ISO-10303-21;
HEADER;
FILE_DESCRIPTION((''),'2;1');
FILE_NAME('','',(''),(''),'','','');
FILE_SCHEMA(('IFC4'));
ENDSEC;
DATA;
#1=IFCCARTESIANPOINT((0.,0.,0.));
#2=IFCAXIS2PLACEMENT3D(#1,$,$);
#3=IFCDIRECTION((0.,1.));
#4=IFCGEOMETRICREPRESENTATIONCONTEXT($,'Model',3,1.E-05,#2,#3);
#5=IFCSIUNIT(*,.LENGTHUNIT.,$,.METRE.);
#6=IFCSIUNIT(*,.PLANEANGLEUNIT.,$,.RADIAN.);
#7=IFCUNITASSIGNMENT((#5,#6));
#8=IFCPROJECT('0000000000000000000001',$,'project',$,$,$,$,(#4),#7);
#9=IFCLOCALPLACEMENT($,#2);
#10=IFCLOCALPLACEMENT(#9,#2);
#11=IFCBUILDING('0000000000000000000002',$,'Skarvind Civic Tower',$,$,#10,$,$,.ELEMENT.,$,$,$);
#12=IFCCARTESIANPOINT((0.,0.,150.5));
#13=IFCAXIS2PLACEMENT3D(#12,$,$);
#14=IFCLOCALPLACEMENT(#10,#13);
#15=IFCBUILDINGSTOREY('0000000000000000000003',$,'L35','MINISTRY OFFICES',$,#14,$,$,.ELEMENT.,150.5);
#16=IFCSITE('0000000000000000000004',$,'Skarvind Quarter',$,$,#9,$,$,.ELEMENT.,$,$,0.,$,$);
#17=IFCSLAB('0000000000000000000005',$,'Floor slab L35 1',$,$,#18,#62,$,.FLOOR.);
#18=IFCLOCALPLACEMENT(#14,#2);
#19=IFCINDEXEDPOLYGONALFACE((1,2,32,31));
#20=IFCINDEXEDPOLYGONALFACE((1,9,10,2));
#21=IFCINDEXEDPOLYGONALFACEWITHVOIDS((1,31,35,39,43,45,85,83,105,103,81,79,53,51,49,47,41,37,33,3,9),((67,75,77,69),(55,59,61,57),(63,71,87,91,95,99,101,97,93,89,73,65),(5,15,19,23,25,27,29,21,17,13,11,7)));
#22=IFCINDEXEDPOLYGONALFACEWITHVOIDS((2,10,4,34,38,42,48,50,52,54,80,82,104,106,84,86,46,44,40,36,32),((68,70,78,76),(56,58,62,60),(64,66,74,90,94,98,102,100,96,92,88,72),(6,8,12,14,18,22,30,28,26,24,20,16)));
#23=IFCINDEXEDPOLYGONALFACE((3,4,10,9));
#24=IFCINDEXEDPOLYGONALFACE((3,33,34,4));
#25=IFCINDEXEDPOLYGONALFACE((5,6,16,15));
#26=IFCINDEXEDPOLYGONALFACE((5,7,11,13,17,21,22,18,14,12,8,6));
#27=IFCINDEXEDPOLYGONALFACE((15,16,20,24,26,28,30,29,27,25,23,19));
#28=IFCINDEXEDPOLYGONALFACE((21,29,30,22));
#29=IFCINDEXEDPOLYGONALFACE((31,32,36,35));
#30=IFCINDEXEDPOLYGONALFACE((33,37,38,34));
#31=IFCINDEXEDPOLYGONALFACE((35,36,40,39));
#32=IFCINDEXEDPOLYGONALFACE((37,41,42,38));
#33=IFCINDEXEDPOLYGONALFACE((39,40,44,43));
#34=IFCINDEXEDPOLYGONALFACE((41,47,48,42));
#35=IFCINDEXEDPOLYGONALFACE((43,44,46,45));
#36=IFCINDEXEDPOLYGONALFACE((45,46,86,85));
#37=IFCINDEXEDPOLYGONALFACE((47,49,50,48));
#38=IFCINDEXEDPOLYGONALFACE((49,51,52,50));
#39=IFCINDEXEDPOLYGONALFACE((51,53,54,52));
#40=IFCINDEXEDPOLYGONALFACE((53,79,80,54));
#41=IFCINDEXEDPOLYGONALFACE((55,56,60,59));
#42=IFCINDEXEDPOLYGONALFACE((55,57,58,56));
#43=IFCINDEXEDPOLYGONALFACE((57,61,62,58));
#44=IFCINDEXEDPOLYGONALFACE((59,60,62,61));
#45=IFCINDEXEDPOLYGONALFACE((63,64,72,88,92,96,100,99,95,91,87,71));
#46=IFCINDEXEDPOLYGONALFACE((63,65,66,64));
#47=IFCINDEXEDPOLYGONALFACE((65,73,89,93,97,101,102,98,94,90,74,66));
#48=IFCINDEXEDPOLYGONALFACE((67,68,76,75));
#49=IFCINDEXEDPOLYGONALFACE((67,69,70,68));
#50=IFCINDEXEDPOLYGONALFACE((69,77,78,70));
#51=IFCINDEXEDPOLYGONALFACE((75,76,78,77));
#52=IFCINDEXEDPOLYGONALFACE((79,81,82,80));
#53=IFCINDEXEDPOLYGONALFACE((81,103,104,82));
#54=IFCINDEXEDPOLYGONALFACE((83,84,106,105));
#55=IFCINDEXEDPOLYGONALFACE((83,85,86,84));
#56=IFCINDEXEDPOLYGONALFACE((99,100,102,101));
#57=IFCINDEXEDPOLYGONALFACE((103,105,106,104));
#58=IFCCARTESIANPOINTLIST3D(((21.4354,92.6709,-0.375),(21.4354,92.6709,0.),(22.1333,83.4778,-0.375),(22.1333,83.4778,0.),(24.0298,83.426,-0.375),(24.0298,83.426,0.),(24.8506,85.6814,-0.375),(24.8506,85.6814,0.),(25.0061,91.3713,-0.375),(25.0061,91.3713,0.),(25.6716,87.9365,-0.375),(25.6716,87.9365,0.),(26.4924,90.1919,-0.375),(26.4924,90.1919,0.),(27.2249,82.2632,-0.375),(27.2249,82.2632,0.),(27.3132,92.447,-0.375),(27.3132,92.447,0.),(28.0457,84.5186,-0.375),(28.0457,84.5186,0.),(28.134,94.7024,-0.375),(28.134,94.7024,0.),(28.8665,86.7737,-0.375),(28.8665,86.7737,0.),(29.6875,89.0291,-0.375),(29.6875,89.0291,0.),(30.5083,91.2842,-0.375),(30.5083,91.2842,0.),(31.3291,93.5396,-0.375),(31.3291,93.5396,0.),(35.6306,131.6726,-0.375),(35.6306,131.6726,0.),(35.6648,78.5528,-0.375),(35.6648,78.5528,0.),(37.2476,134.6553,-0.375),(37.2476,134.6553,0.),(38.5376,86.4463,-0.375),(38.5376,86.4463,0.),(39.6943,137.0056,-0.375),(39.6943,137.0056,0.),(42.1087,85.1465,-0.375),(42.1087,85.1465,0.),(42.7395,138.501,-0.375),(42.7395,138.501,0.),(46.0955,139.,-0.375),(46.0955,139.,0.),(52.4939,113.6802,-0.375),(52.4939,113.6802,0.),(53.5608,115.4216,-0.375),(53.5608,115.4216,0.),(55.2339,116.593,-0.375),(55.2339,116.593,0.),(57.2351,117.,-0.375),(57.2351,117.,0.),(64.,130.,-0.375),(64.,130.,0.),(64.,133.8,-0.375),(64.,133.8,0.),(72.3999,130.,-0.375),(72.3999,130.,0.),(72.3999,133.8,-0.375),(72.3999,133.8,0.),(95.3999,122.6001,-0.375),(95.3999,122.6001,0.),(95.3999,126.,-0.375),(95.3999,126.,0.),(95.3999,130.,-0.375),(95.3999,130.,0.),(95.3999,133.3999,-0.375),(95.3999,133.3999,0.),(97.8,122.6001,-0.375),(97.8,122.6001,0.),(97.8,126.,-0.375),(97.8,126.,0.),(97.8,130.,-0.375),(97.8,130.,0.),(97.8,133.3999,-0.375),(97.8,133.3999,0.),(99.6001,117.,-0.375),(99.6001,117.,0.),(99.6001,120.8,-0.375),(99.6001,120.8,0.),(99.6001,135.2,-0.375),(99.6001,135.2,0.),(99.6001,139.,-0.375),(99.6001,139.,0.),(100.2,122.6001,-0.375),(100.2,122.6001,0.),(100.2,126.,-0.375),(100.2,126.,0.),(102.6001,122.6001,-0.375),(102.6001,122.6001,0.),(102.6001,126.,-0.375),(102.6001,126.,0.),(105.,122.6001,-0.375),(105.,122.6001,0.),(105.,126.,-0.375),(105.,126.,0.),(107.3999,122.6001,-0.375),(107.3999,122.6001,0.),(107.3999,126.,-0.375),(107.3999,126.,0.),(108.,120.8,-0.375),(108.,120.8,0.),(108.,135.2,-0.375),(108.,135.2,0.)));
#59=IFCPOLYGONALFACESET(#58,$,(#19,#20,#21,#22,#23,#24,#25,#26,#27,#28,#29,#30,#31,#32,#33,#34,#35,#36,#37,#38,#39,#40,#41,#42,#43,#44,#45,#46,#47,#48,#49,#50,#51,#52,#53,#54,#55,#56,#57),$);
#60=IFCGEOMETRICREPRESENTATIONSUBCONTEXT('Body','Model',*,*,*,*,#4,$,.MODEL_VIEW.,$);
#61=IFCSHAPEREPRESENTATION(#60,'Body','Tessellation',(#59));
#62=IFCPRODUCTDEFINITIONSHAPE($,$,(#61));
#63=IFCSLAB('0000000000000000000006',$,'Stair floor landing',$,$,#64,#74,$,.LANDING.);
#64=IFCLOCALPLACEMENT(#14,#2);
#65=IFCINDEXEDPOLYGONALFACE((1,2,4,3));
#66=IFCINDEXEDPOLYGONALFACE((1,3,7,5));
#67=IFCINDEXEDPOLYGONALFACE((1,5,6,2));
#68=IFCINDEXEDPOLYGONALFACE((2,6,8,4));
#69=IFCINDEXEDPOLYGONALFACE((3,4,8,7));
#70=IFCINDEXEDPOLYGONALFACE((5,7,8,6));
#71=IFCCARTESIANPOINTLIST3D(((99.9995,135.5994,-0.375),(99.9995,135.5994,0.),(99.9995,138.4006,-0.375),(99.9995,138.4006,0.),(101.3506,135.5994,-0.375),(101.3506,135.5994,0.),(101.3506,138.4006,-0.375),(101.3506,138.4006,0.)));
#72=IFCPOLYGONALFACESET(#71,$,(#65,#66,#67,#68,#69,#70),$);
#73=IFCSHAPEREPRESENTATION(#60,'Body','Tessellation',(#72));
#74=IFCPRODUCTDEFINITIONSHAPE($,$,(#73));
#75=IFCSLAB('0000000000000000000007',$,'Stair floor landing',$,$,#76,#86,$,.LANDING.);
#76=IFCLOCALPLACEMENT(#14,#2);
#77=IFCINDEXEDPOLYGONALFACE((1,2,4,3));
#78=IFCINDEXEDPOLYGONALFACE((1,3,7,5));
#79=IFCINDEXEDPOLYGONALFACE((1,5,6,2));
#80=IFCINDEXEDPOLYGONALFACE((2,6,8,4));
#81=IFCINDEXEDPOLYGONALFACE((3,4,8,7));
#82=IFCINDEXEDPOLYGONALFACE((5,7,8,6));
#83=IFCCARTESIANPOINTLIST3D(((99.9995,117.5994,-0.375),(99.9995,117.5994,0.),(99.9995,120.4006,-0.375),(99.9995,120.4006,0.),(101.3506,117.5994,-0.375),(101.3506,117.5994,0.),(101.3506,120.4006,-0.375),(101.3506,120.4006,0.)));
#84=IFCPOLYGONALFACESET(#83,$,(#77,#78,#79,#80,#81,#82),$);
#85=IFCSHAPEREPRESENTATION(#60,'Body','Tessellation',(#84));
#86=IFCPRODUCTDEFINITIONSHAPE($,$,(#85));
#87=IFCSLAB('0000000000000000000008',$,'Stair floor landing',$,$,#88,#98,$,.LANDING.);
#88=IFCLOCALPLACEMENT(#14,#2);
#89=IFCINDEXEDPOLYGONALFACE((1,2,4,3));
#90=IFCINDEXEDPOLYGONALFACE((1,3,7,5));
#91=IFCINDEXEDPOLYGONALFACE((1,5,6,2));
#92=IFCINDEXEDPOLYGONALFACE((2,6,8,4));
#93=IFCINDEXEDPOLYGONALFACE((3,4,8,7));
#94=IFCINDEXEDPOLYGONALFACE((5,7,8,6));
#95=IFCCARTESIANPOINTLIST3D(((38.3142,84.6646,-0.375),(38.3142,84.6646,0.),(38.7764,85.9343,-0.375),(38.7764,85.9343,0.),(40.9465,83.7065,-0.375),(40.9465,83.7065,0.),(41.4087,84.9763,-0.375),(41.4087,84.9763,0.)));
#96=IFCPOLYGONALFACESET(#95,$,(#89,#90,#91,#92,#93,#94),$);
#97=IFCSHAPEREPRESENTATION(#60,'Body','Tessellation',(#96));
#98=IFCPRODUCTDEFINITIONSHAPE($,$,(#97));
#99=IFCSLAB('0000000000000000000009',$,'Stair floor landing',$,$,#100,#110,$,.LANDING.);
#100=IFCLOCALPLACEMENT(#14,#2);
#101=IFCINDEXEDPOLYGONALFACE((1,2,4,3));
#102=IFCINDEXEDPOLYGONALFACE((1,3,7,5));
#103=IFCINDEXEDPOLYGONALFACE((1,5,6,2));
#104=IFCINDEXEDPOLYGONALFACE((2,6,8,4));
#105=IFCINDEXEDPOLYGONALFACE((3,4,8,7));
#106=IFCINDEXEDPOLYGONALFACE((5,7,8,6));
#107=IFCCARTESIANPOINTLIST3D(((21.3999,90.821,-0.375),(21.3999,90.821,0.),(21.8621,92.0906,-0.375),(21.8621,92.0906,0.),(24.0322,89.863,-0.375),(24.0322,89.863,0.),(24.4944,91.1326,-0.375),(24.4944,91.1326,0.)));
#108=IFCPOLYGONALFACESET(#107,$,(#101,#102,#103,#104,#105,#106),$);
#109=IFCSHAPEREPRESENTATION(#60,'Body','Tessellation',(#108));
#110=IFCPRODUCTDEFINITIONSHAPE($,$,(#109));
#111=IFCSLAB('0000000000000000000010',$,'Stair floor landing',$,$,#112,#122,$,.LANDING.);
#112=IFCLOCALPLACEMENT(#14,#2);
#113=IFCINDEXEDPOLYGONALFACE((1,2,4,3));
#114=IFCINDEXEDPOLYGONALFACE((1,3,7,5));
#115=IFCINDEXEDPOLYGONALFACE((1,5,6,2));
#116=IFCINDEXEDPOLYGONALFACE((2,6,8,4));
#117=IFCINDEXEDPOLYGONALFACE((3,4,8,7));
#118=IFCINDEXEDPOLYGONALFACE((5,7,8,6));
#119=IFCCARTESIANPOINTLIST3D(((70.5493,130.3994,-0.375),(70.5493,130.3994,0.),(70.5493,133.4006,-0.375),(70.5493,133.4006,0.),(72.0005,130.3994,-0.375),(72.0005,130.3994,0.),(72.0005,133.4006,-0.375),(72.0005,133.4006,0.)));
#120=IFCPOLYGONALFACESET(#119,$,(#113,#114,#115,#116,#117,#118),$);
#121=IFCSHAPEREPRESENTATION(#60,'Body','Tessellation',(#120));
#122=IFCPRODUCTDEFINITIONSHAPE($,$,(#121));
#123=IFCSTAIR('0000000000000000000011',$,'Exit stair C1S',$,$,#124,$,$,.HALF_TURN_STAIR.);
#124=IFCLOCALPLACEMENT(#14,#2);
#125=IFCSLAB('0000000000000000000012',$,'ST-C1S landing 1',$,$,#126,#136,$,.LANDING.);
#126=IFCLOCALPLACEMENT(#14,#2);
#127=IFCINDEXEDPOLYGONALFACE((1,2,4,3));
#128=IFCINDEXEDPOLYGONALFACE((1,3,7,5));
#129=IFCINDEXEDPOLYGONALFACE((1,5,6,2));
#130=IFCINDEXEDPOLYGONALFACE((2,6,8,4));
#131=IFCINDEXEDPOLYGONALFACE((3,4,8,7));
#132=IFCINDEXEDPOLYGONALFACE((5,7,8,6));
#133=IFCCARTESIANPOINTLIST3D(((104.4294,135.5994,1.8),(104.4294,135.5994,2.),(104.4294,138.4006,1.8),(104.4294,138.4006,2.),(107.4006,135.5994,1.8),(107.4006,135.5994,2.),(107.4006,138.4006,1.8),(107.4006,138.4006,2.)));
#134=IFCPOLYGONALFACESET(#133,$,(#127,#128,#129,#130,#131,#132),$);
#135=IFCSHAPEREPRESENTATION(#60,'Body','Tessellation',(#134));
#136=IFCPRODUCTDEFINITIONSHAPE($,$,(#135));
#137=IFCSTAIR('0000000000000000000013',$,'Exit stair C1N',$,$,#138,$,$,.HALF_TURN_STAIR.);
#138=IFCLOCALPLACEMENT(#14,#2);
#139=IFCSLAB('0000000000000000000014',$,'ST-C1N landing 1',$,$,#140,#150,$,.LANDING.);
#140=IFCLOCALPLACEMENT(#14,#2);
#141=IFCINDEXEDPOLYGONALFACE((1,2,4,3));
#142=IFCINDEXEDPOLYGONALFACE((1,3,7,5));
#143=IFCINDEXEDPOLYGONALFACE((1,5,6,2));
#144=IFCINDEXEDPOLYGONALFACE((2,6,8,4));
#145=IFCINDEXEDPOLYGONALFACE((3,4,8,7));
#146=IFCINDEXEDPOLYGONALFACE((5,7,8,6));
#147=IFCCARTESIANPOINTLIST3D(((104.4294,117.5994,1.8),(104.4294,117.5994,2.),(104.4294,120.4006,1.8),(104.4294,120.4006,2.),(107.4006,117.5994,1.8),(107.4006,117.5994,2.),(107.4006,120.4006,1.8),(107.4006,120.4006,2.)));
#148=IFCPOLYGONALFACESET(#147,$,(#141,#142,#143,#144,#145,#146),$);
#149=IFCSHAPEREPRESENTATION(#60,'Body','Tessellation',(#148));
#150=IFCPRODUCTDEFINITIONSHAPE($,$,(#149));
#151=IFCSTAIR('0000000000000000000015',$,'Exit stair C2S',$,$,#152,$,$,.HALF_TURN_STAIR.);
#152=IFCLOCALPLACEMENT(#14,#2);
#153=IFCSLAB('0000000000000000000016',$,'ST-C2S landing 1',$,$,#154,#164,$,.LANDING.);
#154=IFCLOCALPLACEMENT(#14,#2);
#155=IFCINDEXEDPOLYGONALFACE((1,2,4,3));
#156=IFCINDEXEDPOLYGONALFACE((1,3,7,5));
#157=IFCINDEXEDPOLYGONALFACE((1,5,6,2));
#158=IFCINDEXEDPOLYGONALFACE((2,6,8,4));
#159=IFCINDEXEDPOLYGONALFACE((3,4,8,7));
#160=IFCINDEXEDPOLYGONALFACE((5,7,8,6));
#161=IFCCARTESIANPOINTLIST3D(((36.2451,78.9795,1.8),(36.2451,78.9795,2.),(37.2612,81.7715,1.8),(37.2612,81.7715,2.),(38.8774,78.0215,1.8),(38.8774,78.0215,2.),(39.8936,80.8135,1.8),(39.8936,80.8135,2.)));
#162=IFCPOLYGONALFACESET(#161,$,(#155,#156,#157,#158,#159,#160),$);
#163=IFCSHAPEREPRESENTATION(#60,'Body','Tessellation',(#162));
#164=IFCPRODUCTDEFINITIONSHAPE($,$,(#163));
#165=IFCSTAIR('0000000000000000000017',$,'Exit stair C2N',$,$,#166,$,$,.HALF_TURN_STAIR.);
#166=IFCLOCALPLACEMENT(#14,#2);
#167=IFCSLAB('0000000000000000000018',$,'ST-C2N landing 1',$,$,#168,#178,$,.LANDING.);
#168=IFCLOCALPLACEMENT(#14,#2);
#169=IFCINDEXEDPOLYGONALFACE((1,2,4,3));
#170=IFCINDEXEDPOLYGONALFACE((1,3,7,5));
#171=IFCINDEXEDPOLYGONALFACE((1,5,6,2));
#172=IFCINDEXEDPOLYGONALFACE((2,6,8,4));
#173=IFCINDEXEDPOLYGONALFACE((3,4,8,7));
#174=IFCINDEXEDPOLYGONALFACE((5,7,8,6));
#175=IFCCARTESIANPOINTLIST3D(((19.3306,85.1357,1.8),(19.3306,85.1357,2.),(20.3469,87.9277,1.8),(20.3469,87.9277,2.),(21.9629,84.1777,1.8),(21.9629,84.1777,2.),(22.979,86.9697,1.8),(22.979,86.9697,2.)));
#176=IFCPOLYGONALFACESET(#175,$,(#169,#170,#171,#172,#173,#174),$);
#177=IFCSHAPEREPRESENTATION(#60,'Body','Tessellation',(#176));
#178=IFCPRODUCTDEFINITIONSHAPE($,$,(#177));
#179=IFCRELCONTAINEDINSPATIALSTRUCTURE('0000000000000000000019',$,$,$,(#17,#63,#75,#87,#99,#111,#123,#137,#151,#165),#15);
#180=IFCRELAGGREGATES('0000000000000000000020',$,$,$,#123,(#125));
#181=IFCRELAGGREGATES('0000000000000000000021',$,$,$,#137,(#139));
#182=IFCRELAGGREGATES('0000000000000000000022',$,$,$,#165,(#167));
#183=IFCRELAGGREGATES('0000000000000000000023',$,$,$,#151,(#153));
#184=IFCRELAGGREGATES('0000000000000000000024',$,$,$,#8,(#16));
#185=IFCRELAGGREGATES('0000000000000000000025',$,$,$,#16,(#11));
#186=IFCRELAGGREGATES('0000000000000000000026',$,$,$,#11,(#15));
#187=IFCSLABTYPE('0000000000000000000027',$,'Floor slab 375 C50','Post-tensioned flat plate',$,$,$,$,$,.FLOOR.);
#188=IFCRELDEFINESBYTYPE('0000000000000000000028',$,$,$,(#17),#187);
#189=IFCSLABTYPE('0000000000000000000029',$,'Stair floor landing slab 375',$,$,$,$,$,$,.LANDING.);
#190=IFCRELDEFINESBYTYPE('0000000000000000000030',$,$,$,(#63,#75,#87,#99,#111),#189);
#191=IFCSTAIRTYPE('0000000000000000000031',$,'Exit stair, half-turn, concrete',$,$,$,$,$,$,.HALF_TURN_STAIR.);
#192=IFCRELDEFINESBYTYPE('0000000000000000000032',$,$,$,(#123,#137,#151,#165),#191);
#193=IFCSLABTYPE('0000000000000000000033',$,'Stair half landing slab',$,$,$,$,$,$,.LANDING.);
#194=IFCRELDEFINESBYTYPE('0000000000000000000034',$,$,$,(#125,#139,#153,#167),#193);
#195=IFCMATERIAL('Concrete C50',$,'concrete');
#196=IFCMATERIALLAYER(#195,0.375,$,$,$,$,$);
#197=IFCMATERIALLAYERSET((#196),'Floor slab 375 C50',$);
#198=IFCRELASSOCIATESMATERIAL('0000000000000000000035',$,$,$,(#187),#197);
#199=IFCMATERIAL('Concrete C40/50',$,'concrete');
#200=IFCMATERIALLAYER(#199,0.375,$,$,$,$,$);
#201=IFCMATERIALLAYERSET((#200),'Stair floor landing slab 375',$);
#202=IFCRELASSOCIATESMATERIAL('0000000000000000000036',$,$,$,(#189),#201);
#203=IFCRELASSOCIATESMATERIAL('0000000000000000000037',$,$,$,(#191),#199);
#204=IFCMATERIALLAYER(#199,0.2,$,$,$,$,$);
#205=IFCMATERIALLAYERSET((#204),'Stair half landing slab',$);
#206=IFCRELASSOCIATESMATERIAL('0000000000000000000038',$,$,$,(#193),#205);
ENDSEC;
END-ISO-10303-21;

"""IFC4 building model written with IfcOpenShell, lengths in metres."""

from ifc_helpers import new_model, si_unit, direction, frame, origin, place, context, subcontext, project, spatial, polyline, outline, extrude, material, layer, layer_set, type_object, element, aggregate, save


model = new_model("IFC4")

# Units and contexts
model_context = context("Model", 3, precision=1e-05, world=origin(), true_north=direction((0.0, 1.0)))
body_context = subcontext(model_context, "Body", "Model", "MODEL_VIEW")
ifc_project = project(units=[si_unit("LENGTHUNIT", "METRE"), si_unit("PLANEANGLEUNIT", "RADIAN")], contexts=[model_context])

# Site, building, storey
site_placement = place(None, origin())
site = spatial("IfcSite", under=ifc_project, at=site_placement, Name="Skarvind Quarter", CompositionType="ELEMENT", RefElevation=0.0)
building_placement = place(site_placement, origin())
building = spatial("IfcBuilding", under=site, at=building_placement, Name="Skarvind Civic Tower", CompositionType="ELEMENT")
storey_placement = place(building_placement, frame((0.0, 0.0, 150.5)))
storey = spatial("IfcBuildingStorey", under=building, at=storey_placement, Name="L35", Description="MINISTRY OFFICES", CompositionType="ELEMENT", Elevation=150.5)

# Slabs
ifc_material_1 = material(Name="Concrete C50", Category="concrete")
ifc_layer_1 = layer(ifc_material_1, 0.375)
ifc_layer_set_1 = layer_set([ifc_layer_1], Name="Floor slab 375 C50")
slab_type_1 = type_object("IfcSlabType", Name="Floor slab 375 C50", Description="Post-tensioned flat plate", PredefinedType="FLOOR", material=ifc_layer_set_1)
slab_1_placement = place(storey_placement, frame((0.0, 0.0, -0.375)))
element("IfcSlab", 1, at=slab_1_placement, inside=storey, type_object=slab_type_1, Name="Floor slab L35 1", PredefinedType="FLOOR", context=body_context, shape_type="SweptSolid", body=[
    extrude(outline(polyline([(99.6001, 117.0), (99.6001, 120.8), (108.0, 120.8), (108.0, 135.2), (99.6001, 135.2), (99.6001, 139.0), (46.0955, 139.0), (42.7395, 138.501), (39.6943, 137.0056), (37.2476, 134.6553), (35.6306, 131.6726), (19.4175, 87.1267), (21.4353, 92.6709), (25.0061, 91.3713), (22.1333, 83.4778), (36.8865, 78.1082), (35.6648, 78.5527), (38.5376, 86.4463), (42.1086, 85.1465), (40.0908, 79.6023), (40.0908, 79.6023), (52.4939, 113.6802), (53.5608, 115.4216), (55.2339, 116.593), (57.2351, 117.0), (99.6001, 117.0)]), holes=[polyline([(25.6716, 87.9365), (26.4924, 90.1919), (27.3132, 92.447), (28.134, 94.7024), (31.3291, 93.5396), (30.5083, 91.2842), (29.6875, 89.0291), (28.8665, 86.7737), (28.8665, 86.7737), (28.0457, 84.5186), (27.2249, 82.2632), (24.0298, 83.426), (24.8506, 85.6814), (25.6716, 87.9365), (25.6716, 87.9365)]), polyline([(64.0, 130.0), (64.0, 133.8), (72.3999, 133.8), (72.3999, 130.0), (64.0, 130.0)]), polyline([(97.8, 126.0), (100.2, 126.0), (102.6001, 126.0), (105.0, 126.0), (107.3999, 126.0), (107.3999, 122.6001), (105.0, 122.6001), (102.6001, 122.6001), (100.2, 122.6001), (97.8, 122.6001), (95.3999, 122.6001), (95.3999, 126.0), (97.8, 126.0)]), polyline([(97.8, 133.3999), (97.8, 130.0), (95.3999, 130.0), (95.3999, 133.3999), (97.8, 133.3999)])]), origin(), (0.0, 0.0, 1.0), 0.375),
])
ifc_material_2 = material(Name="Concrete C40/50", Category="concrete")
ifc_layer_2 = layer(ifc_material_2, 0.375)
ifc_layer_set_2 = layer_set([ifc_layer_2], Name="Stair floor landing slab 375")
slab_type_2 = type_object("IfcSlabType", Name="Stair floor landing slab 375", PredefinedType="LANDING", material=ifc_layer_set_2)
slab_2_placement = place(storey_placement, frame((0.0, 0.0, -0.375)))
element("IfcSlab", 2, at=slab_2_placement, inside=storey, type_object=slab_type_2, Name="Stair floor landing", PredefinedType="LANDING", context=body_context, shape_type="SweptSolid", body=[
    extrude(outline(polyline([(101.3506, 138.4006), (101.3506, 135.5994), (99.9995, 135.5994), (99.9995, 138.4006), (101.3506, 138.4006)])), origin(), (0.0, 0.0, 1.0), 0.375),
])
slab_3_placement = place(storey_placement, frame((0.0, 0.0, -0.375)))
element("IfcSlab", 3, at=slab_3_placement, inside=storey, type_object=slab_type_2, Name="Stair floor landing", PredefinedType="LANDING", context=body_context, shape_type="SweptSolid", body=[
    extrude(outline(polyline([(101.3506, 120.4006), (101.3506, 117.5994), (99.9995, 117.5994), (99.9995, 120.4006), (101.3506, 120.4006)])), origin(), (0.0, 0.0, 1.0), 0.375),
])
slab_4_placement = place(storey_placement, frame((0.0, 0.0, -0.375)))
element("IfcSlab", 4, at=slab_4_placement, inside=storey, type_object=slab_type_2, Name="Stair floor landing", PredefinedType="LANDING", context=body_context, shape_type="SweptSolid", body=[
    extrude(outline(polyline([(40.9465, 83.7065), (38.3142, 84.6646), (38.7764, 85.9343), (41.4087, 84.9763), (40.9465, 83.7065)])), origin(), (0.0, 0.0, 1.0), 0.375),
])
slab_5_placement = place(storey_placement, frame((0.0, 0.0, -0.375)))
element("IfcSlab", 5, at=slab_5_placement, inside=storey, type_object=slab_type_2, Name="Stair floor landing", PredefinedType="LANDING", context=body_context, shape_type="SweptSolid", body=[
    extrude(outline(polyline([(24.0322, 89.863), (21.3999, 90.821), (21.8621, 92.0906), (24.4944, 91.1326), (24.0322, 89.863)])), origin(), (0.0, 0.0, 1.0), 0.375),
])
slab_6_placement = place(storey_placement, frame((0.0, 0.0, -0.375)))
element("IfcSlab", 6, at=slab_6_placement, inside=storey, type_object=slab_type_2, Name="Stair floor landing", PredefinedType="LANDING", context=body_context, shape_type="SweptSolid", body=[
    extrude(outline(polyline([(70.5493, 130.3994), (70.5493, 133.4006), (72.0005, 133.4006), (72.0005, 130.3994), (70.5493, 130.3994)])), origin(), (0.0, 0.0, 1.0), 0.375),
])

# Stairs, slabs
stair_type_1 = type_object("IfcStairType", Name="Exit stair, half-turn, concrete", PredefinedType="HALF_TURN_STAIR", material=ifc_material_2)
stair_1_placement = place(storey_placement, origin())
stair_1 = element("IfcStair", 7, at=stair_1_placement, inside=storey, type_object=stair_type_1, Name="Exit stair C1S", PredefinedType="HALF_TURN_STAIR")
ifc_layer_3 = layer(ifc_material_2, 0.2)
ifc_layer_set_3 = layer_set([ifc_layer_3], Name="Stair half landing slab")
slab_type_3 = type_object("IfcSlabType", Name="Stair half landing slab", PredefinedType="LANDING", material=ifc_layer_set_3)
slab_7_placement = place(storey_placement, frame((0.0, 0.0, 1.8)))
slab_7 = element("IfcSlab", 8, at=slab_7_placement, type_object=slab_type_3, Name="ST-C1S landing 1", PredefinedType="LANDING", context=body_context, shape_type="SweptSolid", body=[
    extrude(outline(polyline([(104.4294, 135.5994), (104.4294, 138.4006), (107.4006, 138.4006), (107.4006, 135.5994), (104.4294, 135.5994)])), origin(), (0.0, 0.0, 1.0), 0.2),
])
aggregate(stair_1, [slab_7])
stair_2_placement = place(storey_placement, origin())
stair_2 = element("IfcStair", 9, at=stair_2_placement, inside=storey, type_object=stair_type_1, Name="Exit stair C1N", PredefinedType="HALF_TURN_STAIR")
slab_8_placement = place(storey_placement, frame((0.0, 0.0, 1.8)))
slab_8 = element("IfcSlab", 10, at=slab_8_placement, type_object=slab_type_3, Name="ST-C1N landing 1", PredefinedType="LANDING", context=body_context, shape_type="SweptSolid", body=[
    extrude(outline(polyline([(104.4294, 117.5994), (104.4294, 120.4006), (107.4006, 120.4006), (107.4006, 117.5994), (104.4294, 117.5994)])), origin(), (0.0, 0.0, 1.0), 0.2),
])
aggregate(stair_2, [slab_8])
stair_3_placement = place(storey_placement, origin())
stair_3 = element("IfcStair", 11, at=stair_3_placement, inside=storey, type_object=stair_type_1, Name="Exit stair C2S", PredefinedType="HALF_TURN_STAIR")
slab_9_placement = place(storey_placement, frame((0.0, 0.0, 1.8)))
slab_9 = element("IfcSlab", 12, at=slab_9_placement, type_object=slab_type_3, Name="ST-C2S landing 1", PredefinedType="LANDING", context=body_context, shape_type="SweptSolid", body=[
    extrude(outline(polyline([(37.2612, 81.7715), (39.8936, 80.8135), (38.8774, 78.0215), (36.2451, 78.9795), (37.2612, 81.7715)])), origin(), (0.0, 0.0, 1.0), 0.2),
])
stair_4_placement = place(storey_placement, origin())
stair_4 = element("IfcStair", 13, at=stair_4_placement, inside=storey, type_object=stair_type_1, Name="Exit stair C2N", PredefinedType="HALF_TURN_STAIR")
slab_10_placement = place(storey_placement, frame((0.0, 0.0, 1.8)))
slab_10 = element("IfcSlab", 14, at=slab_10_placement, type_object=slab_type_3, Name="ST-C2N landing 1", PredefinedType="LANDING", context=body_context, shape_type="SweptSolid", body=[
    extrude(outline(polyline([(20.3469, 87.9277), (22.979, 86.9697), (21.9629, 84.1777), (19.3306, 85.1357), (20.3469, 87.9277)])), origin(), (0.0, 0.0, 1.0), 0.2),
])
aggregate(stair_4, [slab_10])

aggregate(stair_3, [slab_9])

save(model, "model.ifc")
